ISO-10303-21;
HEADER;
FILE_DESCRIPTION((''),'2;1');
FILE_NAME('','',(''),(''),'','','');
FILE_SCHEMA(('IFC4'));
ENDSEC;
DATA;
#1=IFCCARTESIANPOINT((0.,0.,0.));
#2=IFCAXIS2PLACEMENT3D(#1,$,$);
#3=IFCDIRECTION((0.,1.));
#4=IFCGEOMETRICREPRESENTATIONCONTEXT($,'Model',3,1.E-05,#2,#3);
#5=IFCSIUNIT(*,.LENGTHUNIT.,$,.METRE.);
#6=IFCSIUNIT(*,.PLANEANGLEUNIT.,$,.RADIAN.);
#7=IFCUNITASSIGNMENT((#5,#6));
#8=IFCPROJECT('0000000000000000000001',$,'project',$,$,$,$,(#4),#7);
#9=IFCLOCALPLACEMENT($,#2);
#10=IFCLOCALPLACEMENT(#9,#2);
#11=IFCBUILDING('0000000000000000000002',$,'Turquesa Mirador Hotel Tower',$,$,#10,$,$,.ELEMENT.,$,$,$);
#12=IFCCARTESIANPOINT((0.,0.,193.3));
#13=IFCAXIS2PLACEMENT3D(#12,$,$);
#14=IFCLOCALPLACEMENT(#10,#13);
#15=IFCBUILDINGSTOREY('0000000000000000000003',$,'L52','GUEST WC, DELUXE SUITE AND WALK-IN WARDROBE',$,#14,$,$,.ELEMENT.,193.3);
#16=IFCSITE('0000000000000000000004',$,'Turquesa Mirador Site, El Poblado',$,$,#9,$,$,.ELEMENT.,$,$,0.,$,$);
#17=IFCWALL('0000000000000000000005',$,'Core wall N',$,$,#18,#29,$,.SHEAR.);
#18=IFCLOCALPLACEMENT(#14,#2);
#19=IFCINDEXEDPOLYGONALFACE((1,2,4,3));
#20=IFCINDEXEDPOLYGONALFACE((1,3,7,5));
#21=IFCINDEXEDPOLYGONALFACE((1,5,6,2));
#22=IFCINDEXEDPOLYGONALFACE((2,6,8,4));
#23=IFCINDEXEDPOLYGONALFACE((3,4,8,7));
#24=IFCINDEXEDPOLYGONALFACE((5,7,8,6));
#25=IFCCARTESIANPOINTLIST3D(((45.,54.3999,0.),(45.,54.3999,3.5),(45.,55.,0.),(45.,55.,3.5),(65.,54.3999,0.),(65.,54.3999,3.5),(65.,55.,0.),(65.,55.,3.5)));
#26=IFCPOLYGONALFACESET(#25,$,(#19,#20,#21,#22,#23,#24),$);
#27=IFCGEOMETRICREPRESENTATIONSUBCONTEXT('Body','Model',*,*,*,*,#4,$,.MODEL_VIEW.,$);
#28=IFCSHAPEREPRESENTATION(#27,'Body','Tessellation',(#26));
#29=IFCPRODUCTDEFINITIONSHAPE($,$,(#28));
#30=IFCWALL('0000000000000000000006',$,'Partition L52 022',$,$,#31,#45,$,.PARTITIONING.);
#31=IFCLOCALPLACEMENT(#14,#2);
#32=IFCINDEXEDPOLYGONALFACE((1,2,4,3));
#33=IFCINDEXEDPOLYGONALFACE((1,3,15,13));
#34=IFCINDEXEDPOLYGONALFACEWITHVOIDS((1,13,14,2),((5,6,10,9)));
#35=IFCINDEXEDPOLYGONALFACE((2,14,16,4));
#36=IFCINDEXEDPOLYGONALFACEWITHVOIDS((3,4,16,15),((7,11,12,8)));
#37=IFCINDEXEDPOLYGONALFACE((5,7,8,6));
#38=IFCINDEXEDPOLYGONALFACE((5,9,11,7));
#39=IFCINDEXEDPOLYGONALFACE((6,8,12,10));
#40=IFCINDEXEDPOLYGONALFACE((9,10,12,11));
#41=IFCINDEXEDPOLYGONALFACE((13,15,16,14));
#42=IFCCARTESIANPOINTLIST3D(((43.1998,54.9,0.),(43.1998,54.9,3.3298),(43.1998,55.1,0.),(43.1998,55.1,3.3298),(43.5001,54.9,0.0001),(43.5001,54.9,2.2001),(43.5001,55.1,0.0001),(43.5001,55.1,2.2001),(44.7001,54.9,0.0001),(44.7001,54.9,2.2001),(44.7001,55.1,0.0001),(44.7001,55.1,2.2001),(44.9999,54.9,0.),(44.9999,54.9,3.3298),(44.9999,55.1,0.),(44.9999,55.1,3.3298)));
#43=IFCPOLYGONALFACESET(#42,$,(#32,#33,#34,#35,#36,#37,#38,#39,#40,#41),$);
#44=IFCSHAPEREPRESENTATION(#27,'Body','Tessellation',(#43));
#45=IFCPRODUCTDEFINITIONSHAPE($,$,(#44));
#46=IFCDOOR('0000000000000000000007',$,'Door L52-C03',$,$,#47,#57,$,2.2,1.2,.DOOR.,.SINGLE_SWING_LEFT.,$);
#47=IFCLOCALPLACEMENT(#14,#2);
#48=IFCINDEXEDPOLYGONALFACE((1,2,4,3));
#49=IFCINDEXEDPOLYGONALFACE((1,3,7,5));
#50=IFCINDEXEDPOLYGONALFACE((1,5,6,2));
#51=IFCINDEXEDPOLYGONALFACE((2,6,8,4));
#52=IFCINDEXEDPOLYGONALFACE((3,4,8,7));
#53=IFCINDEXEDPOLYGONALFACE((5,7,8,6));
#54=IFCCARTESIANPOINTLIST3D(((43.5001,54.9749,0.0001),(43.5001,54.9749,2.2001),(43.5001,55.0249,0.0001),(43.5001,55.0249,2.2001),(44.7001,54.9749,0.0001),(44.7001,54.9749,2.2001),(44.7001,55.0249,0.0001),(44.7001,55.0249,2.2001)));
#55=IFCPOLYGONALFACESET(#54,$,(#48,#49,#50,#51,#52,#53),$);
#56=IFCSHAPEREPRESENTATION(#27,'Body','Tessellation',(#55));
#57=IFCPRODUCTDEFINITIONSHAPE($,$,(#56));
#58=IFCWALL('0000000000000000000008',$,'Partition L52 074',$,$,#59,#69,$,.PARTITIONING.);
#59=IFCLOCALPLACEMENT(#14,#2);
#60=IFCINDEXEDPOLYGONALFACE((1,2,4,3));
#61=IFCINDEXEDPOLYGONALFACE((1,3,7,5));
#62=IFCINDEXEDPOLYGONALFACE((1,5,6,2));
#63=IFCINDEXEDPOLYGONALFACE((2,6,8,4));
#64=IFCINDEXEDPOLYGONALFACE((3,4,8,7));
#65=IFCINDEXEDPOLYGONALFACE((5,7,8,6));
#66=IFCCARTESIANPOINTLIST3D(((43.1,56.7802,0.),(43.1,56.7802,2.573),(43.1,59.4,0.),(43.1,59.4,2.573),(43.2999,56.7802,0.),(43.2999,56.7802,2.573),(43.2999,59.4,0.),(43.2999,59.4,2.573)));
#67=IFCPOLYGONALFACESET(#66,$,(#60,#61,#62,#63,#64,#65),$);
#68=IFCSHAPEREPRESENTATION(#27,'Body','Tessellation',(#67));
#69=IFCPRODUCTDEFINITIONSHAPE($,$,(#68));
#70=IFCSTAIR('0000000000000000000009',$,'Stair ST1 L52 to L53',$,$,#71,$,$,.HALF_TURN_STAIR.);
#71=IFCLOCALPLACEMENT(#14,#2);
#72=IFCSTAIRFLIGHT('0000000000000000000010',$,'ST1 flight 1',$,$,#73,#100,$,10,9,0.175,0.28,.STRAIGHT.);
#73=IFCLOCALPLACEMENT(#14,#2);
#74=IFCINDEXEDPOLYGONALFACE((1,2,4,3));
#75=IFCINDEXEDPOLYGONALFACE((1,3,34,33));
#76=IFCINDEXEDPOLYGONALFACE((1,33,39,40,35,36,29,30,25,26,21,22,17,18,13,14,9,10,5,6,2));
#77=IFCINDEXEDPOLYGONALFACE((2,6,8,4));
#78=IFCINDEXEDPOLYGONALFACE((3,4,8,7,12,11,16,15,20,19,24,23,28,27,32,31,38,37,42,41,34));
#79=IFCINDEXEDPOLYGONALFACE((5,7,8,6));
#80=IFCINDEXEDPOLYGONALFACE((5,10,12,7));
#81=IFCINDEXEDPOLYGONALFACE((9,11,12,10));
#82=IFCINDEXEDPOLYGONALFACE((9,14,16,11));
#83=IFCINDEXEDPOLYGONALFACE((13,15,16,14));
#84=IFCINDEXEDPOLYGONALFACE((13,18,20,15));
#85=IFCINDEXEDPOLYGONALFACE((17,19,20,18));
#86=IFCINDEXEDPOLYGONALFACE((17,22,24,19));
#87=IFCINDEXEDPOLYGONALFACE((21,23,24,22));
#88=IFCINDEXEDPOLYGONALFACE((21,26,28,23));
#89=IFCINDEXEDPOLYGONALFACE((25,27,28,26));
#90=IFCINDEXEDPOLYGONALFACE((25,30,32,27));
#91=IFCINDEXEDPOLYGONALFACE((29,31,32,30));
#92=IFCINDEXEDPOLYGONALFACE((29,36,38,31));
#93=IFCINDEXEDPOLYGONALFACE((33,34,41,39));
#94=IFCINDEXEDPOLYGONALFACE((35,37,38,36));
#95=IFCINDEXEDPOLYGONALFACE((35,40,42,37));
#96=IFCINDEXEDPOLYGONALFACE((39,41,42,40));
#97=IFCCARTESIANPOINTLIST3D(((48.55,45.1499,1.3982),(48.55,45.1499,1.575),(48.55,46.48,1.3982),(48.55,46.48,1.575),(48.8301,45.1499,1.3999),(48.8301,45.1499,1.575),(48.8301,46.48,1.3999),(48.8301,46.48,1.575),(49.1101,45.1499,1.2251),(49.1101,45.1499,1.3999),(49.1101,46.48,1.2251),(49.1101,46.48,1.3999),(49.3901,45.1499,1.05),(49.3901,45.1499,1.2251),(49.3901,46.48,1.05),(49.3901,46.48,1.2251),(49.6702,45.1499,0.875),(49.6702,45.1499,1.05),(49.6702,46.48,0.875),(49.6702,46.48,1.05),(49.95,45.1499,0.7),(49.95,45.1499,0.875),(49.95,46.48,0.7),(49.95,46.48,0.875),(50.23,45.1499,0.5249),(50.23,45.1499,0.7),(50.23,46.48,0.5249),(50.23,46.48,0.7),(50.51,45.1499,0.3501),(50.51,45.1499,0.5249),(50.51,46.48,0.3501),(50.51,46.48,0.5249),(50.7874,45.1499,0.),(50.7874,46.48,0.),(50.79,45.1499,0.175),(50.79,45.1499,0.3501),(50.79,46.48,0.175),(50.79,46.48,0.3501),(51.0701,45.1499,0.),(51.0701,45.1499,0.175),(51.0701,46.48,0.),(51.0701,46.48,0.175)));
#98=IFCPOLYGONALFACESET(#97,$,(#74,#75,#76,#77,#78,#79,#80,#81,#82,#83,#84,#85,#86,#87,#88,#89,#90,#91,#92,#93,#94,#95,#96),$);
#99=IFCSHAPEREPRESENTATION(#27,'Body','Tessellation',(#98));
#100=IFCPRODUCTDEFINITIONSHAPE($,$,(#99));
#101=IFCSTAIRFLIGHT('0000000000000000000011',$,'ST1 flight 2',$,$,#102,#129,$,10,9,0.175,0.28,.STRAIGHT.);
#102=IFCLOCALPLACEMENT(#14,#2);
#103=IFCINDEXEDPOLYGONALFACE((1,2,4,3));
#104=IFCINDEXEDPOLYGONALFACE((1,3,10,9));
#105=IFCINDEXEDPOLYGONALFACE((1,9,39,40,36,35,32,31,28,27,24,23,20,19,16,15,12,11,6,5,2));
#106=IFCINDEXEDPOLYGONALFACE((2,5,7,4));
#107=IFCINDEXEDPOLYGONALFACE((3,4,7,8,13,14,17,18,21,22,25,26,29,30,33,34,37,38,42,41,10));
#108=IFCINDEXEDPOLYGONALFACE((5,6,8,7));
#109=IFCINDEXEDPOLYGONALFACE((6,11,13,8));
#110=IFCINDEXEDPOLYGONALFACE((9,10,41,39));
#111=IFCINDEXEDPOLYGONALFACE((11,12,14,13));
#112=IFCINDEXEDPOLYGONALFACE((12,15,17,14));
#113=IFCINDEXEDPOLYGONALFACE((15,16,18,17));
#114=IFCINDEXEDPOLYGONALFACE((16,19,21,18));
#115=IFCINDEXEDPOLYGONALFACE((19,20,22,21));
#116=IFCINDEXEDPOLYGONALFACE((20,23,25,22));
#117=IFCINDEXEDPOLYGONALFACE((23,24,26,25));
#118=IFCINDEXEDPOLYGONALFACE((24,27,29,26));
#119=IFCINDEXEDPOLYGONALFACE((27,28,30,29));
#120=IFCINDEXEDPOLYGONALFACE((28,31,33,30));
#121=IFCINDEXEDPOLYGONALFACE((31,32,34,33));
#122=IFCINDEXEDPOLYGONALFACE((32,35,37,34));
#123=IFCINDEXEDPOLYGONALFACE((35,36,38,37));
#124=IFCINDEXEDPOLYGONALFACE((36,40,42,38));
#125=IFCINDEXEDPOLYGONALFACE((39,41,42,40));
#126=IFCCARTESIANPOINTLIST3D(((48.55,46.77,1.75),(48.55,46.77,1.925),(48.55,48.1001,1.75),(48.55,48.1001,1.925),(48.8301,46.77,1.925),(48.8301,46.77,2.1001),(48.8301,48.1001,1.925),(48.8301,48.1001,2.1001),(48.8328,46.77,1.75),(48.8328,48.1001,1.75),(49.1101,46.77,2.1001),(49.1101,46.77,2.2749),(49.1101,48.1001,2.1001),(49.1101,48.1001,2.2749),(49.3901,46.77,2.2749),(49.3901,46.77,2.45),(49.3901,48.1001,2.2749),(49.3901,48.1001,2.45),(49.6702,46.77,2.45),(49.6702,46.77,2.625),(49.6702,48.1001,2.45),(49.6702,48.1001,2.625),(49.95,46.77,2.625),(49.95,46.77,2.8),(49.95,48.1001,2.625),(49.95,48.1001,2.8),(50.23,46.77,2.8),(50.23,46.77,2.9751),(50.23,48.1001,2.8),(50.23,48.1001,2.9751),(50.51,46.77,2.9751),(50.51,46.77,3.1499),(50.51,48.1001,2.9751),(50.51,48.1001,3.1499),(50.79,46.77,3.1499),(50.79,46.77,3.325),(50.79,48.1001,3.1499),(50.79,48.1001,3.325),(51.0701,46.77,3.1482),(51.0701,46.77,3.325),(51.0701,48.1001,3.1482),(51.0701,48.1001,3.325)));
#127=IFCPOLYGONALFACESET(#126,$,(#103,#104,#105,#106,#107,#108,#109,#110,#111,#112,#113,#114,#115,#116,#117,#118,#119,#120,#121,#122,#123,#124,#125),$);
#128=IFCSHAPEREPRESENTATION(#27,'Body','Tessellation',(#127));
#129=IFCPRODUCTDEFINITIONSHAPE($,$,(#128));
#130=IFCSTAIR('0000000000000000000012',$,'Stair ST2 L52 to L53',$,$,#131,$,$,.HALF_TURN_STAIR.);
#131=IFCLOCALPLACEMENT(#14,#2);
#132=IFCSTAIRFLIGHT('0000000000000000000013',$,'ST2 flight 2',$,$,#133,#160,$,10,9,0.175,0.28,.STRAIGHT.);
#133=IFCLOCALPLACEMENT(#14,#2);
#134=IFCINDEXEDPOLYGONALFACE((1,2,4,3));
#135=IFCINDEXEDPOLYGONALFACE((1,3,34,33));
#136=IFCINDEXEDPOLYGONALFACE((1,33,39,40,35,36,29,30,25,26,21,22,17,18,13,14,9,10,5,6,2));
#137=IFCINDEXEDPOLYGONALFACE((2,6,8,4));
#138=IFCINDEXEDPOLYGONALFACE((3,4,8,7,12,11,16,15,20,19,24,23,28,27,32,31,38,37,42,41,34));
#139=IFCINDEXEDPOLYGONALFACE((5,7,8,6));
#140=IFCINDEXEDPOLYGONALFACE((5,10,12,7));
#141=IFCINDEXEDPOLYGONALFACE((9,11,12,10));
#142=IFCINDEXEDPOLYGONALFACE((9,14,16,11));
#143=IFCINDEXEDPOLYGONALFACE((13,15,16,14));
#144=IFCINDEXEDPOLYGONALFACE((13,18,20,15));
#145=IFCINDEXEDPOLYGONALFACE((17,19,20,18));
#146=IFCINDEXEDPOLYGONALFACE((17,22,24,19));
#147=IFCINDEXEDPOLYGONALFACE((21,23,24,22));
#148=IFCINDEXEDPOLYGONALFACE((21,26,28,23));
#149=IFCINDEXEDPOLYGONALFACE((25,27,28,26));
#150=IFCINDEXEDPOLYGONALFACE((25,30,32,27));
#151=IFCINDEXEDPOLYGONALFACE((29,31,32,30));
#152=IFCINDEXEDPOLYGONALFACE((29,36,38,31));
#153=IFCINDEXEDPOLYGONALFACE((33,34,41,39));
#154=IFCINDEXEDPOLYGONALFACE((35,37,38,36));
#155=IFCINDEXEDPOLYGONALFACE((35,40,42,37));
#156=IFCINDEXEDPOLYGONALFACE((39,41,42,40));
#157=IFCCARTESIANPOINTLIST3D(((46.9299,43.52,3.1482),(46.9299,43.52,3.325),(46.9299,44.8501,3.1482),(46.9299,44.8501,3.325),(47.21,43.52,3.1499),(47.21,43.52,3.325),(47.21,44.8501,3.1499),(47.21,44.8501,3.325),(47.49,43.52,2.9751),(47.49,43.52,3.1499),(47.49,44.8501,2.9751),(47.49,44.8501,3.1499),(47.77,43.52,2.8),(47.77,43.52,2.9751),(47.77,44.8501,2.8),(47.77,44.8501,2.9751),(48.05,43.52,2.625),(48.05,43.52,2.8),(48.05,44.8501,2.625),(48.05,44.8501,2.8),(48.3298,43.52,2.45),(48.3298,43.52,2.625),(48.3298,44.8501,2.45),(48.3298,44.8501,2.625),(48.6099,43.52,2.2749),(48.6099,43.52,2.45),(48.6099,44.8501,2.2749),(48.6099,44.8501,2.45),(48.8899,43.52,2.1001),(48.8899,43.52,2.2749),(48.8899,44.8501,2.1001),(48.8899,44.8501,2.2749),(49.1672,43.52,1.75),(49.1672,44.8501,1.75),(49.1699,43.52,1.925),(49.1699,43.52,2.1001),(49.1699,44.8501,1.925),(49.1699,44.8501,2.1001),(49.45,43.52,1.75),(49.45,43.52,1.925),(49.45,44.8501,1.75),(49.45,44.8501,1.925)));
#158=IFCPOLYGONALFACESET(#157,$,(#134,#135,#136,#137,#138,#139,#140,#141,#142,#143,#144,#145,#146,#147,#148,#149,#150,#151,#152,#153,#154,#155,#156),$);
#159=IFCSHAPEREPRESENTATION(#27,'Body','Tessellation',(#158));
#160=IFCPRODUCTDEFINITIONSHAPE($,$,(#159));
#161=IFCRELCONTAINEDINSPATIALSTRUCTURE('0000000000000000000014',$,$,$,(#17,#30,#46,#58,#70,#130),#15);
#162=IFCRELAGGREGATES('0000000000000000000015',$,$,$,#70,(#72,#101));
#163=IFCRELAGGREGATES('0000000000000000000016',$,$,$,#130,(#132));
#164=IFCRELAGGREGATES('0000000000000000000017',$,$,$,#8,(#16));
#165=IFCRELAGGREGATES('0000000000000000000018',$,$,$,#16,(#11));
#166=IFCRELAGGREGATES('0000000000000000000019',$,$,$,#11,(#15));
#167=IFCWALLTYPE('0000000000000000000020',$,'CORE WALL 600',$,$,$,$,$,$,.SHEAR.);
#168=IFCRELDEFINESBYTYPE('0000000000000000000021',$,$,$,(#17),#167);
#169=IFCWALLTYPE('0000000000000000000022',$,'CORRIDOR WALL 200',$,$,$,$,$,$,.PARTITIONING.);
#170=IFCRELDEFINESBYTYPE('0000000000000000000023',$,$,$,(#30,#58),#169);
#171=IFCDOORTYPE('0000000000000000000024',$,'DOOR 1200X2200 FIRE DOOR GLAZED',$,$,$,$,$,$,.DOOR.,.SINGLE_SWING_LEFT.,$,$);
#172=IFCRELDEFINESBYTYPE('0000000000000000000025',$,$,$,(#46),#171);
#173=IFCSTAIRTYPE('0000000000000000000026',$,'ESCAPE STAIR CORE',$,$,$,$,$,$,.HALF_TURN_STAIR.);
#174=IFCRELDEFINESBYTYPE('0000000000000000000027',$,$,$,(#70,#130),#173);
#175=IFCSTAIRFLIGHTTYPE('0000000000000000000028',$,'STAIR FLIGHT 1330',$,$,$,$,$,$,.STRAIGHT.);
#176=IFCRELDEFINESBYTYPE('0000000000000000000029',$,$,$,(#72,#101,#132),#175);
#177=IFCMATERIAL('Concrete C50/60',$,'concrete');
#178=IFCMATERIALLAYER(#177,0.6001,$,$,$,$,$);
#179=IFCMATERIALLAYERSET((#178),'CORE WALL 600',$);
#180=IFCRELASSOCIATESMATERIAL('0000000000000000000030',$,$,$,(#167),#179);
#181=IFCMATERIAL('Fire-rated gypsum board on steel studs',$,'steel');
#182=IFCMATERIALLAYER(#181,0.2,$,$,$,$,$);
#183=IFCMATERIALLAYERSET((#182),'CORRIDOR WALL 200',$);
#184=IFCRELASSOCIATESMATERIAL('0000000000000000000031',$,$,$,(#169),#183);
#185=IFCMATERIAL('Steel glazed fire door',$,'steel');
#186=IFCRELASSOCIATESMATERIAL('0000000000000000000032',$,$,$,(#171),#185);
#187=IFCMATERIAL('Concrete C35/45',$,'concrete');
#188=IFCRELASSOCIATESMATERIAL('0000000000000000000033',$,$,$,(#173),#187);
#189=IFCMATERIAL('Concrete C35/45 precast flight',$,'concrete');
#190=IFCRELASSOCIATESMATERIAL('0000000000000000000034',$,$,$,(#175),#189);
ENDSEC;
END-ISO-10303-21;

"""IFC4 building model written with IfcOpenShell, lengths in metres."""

from ifc_helpers import new_model, si_unit, direction, frame, frame_2d, origin, place, context, subcontext, project, spatial, polyline, rectangle, outline, extrude, material, layer, layer_set, type_object, element, fill, aggregate, save


model = new_model("IFC4")

# Units and contexts
model_context = context("Model", 3, precision=1e-05, world=origin(), true_north=direction((0.0, 1.0)))
body_context = subcontext(model_context, "Body", "Model", "MODEL_VIEW")
ifc_project = project(units=[si_unit("LENGTHUNIT", "METRE"), si_unit("PLANEANGLEUNIT", "RADIAN")], contexts=[model_context])

# Site, building, storey
site_placement = place(None, origin())
site = spatial("IfcSite", under=ifc_project, at=site_placement, Name="Turquesa Mirador Site, El Poblado", CompositionType="ELEMENT", RefElevation=0.0)
building_placement = place(site_placement, origin())
building = spatial("IfcBuilding", under=site, at=building_placement, Name="Turquesa Mirador Hotel Tower", CompositionType="ELEMENT")
storey_placement = place(building_placement, frame((0.0, 0.0, 193.3)))
storey = spatial("IfcBuildingStorey", under=building, at=storey_placement, Name="L52", Description="GUEST WC, DELUXE SUITE AND WALK-IN WARDROBE", CompositionType="ELEMENT", Elevation=193.3)

# Wall
ifc_material_1 = material(Name="Concrete C50/60", Category="concrete")
ifc_layer_1 = layer(ifc_material_1, 0.6001)
ifc_layer_set_1 = layer_set([ifc_layer_1], Name="CORE WALL 600")
wall_type_1 = type_object("IfcWallType", Name="CORE WALL 600", PredefinedType="SHEAR", material=ifc_layer_set_1)
wall_1_placement = place(storey_placement, frame((45.0, 54.7, 0.0), z_axis=(0.0, 0.0, 1.0), x_axis=(1.0, 0.0, 0.0)))
element("IfcWall", 1, at=wall_1_placement, inside=storey, type_object=wall_type_1, Name="Core wall N", PredefinedType="SHEAR", context=body_context, shape_type="SweptSolid", body=[
    extrude(rectangle(XDim=20.0, YDim=0.6001, at=frame_2d((10.0, 0.0))), origin(), (0.0, 0.0, 1.0), 3.5),
])

# Wall, opening, door
ifc_material_2 = material(Name="Fire-rated gypsum board on steel studs", Category="steel")
ifc_layer_2 = layer(ifc_material_2, 0.2)
ifc_layer_set_2 = layer_set([ifc_layer_2], Name="CORRIDOR WALL 200")
wall_type_2 = type_object("IfcWallType", Name="CORRIDOR WALL 200", PredefinedType="PARTITIONING", material=ifc_layer_set_2)
wall_2_placement = place(storey_placement, frame((43.2, 55.0, 0.0), z_axis=(0.0, 0.0, 1.0), x_axis=(1.0, 0.0, 0.0)))
wall_2 = element("IfcWall", 2, at=wall_2_placement, inside=storey, type_object=wall_type_2, Name="Partition L52 022", PredefinedType="PARTITIONING", context=body_context, shape_type="SweptSolid", body=[
    extrude(rectangle(XDim=1.8, YDim=0.2, at=frame_2d((0.8999, 0.0))), origin(), (0.0, 0.0, 1.0), 3.3298),
])
opening_1_placement = place(wall_2_placement, frame((0.3, 0.0, 0.0)))
opening_1 = element("IfcOpeningElement", 3, at=opening_1_placement, cuts=wall_2, PredefinedType="OPENING", context=body_context, shape_type="SweptSolid", body=[
    extrude(rectangle(XDim=1.2, YDim=2.2, at=frame_2d((0.6001, 1.1001))), frame((0.0, 0.1099, 0.0), z_axis=(0.0, -1.0, 0.0), x_axis=(1.0, 0.0, 0.0)), (0.0, 0.0, 1.0), 0.22),
])
ifc_material_3 = material(Name="Steel glazed fire door", Category="steel")
door_type_1 = type_object("IfcDoorType", Name="DOOR 1200X2200 FIRE DOOR GLAZED", OperationType="SINGLE_SWING_LEFT", PredefinedType="DOOR", material=ifc_material_3)
door_1_placement = place(opening_1_placement, origin())
door_1 = element("IfcDoor", 4, at=door_1_placement, inside=storey, type_object=door_type_1, Name="Door L52-C03", OperationType="SINGLE_SWING_LEFT", OverallHeight=2.2, OverallWidth=1.2, PredefinedType="DOOR", context=body_context, shape_type="SweptSolid", body=[
    extrude(rectangle(XDim=1.2, YDim=2.2, at=frame_2d((0.6001, 1.1001))), frame((0.0, 0.0249, 0.0), z_axis=(0.0, -1.0, 0.0), x_axis=(1.0, 0.0, 0.0)), (0.0, 0.0, 1.0), 0.05),
])
fill(opening_1, door_1)

# Wall
wall_3_placement = place(storey_placement, frame((43.2, 56.78, 0.0), z_axis=(0.0, 0.0, 1.0), x_axis=(0.0, 1.0, 0.0)))
element("IfcWall", 5, at=wall_3_placement, inside=storey, type_object=wall_type_2, Name="Partition L52 074", PredefinedType="PARTITIONING", context=body_context, shape_type="SweptSolid", body=[
    extrude(rectangle(XDim=2.6199, YDim=0.2, at=frame_2d((1.3101, 0.0))), origin(), (0.0, 0.0, 1.0), 2.573),
])

# Stair, stair flights
ifc_material_4 = material(Name="Concrete C35/45", Category="concrete")
stair_type = type_object("IfcStairType", Name="ESCAPE STAIR CORE", PredefinedType="HALF_TURN_STAIR", material=ifc_material_4)
stair_1_placement = place(storey_placement, origin())
stair_1 = element("IfcStair", 6, at=stair_1_placement, inside=storey, type_object=stair_type, Name="Stair ST1 L52 to L53", PredefinedType="HALF_TURN_STAIR")
ifc_material_5 = material(Name="Concrete C35/45 precast flight", Category="concrete")
stair_flight_type = type_object("IfcStairFlightType", Name="STAIR FLIGHT 1330", PredefinedType="STRAIGHT", material=ifc_material_5)
stair_flight_1_placement = place(storey_placement, frame((51.0701, 45.8149, 0.0), z_axis=(0.0, 0.0, 1.0), x_axis=(-1.0, 0.0, 0.0)))
stair_flight_1 = element("IfcStairFlight", 7, at=stair_flight_1_placement, type_object=stair_flight_type, Name="ST1 flight 1", NumberOfRisers=10, NumberOfTreads=9, PredefinedType="STRAIGHT", RiserHeight=0.175, TreadLength=0.28, context=body_context, shape_type="SweptSolid", body=[
    extrude(outline(polyline([(0.0, 0.0), (0.0, 0.175), (0.28, 0.175), (0.28, 0.3501), (0.5601, 0.3501), (0.5601, 0.5249), (0.8401, 0.5249), (0.8401, 0.7), (1.1201, 0.7), (1.1201, 0.875), (1.3999, 0.875), (1.3999, 1.05), (1.6799, 1.05), (1.6799, 1.2251), (1.96, 1.2251), (1.96, 1.3999), (2.24, 1.3999), (2.24, 1.575), (2.52, 1.575), (2.52, 1.75), (2.52, 1.3982), (0.2827, 0.0), (0.0, 0.0)])), frame((0.0, 0.665, 0.0), z_axis=(0.0, -1.0, 0.0), x_axis=(1.0, 0.0, 0.0)), (0.0, 0.0, 1.0), 1.3301),
])
stair_flight_2_placement = place(storey_placement, frame((48.55, 47.4351, 1.75), z_axis=(0.0, 0.0, 1.0), x_axis=(1.0, 0.0, 0.0)))
stair_flight_2 = element("IfcStairFlight", 8, at=stair_flight_2_placement, type_object=stair_flight_type, Name="ST1 flight 2", NumberOfRisers=10, NumberOfTreads=9, PredefinedType="STRAIGHT", RiserHeight=0.175, TreadLength=0.28, context=body_context, shape_type="SweptSolid", body=[
    extrude(outline(polyline([(0.0, 0.0), (0.0, 0.175), (0.28, 0.175), (0.28, 0.3501), (0.5601, 0.3501), (0.5601, 0.5249), (0.8401, 0.5249), (0.8401, 0.7), (1.1201, 0.7), (1.1201, 0.875), (1.3999, 0.875), (1.3999, 1.05), (1.6799, 1.05), (1.6799, 1.2251), (1.96, 1.2251), (1.96, 1.3999), (2.24, 1.3999), (2.24, 1.575), (2.52, 1.575), (2.52, 1.75), (2.52, 1.3982), (0.2827, 0.0), (0.0, 0.0)])), frame((0.0, 0.665, 0.0), z_axis=(0.0, -1.0, 0.0), x_axis=(1.0, 0.0, 0.0)), (0.0, 0.0, 1.0), 1.3301),
])
aggregate(stair_1, [stair_flight_1, stair_flight_2])

# Stair, stair flight
stair_2_placement = place(storey_placement, origin())
stair_2 = element("IfcStair", 9, at=stair_2_placement, inside=storey, type_object=stair_type, Name="Stair ST2 L52 to L53", PredefinedType="HALF_TURN_STAIR")
stair_flight_3_placement = place(storey_placement, frame((49.45, 44.1851, 1.75), z_axis=(0.0, 0.0, 1.0), x_axis=(-1.0, 0.0, 0.0)))
stair_flight_3 = element("IfcStairFlight", 10, at=stair_flight_3_placement, type_object=stair_flight_type, Name="ST2 flight 2", NumberOfRisers=10, NumberOfTreads=9, PredefinedType="STRAIGHT", RiserHeight=0.175, TreadLength=0.28, context=body_context, shape_type="SweptSolid", body=[
    extrude(outline(polyline([(0.0, 0.0), (0.0, 0.175), (0.28, 0.175), (0.28, 0.3501), (0.5601, 0.3501), (0.5601, 0.5249), (0.8401, 0.5249), (0.8401, 0.7), (1.1201, 0.7), (1.1201, 0.875), (1.3999, 0.875), (1.3999, 1.05), (1.6799, 1.05), (1.6799, 1.2251), (1.96, 1.2251), (1.96, 1.3999), (2.24, 1.3999), (2.24, 1.575), (2.52, 1.575), (2.52, 1.75), (2.52, 1.3982), (0.2827, 0.0), (0.0, 0.0)])), frame((0.0, 0.665, 0.0), z_axis=(0.0, -1.0, 0.0), x_axis=(1.0, 0.0, 0.0)), (0.0, 0.0, 1.0), 1.3301),
])
aggregate(stair_2, [stair_flight_3])

save(model, "model.ifc")
